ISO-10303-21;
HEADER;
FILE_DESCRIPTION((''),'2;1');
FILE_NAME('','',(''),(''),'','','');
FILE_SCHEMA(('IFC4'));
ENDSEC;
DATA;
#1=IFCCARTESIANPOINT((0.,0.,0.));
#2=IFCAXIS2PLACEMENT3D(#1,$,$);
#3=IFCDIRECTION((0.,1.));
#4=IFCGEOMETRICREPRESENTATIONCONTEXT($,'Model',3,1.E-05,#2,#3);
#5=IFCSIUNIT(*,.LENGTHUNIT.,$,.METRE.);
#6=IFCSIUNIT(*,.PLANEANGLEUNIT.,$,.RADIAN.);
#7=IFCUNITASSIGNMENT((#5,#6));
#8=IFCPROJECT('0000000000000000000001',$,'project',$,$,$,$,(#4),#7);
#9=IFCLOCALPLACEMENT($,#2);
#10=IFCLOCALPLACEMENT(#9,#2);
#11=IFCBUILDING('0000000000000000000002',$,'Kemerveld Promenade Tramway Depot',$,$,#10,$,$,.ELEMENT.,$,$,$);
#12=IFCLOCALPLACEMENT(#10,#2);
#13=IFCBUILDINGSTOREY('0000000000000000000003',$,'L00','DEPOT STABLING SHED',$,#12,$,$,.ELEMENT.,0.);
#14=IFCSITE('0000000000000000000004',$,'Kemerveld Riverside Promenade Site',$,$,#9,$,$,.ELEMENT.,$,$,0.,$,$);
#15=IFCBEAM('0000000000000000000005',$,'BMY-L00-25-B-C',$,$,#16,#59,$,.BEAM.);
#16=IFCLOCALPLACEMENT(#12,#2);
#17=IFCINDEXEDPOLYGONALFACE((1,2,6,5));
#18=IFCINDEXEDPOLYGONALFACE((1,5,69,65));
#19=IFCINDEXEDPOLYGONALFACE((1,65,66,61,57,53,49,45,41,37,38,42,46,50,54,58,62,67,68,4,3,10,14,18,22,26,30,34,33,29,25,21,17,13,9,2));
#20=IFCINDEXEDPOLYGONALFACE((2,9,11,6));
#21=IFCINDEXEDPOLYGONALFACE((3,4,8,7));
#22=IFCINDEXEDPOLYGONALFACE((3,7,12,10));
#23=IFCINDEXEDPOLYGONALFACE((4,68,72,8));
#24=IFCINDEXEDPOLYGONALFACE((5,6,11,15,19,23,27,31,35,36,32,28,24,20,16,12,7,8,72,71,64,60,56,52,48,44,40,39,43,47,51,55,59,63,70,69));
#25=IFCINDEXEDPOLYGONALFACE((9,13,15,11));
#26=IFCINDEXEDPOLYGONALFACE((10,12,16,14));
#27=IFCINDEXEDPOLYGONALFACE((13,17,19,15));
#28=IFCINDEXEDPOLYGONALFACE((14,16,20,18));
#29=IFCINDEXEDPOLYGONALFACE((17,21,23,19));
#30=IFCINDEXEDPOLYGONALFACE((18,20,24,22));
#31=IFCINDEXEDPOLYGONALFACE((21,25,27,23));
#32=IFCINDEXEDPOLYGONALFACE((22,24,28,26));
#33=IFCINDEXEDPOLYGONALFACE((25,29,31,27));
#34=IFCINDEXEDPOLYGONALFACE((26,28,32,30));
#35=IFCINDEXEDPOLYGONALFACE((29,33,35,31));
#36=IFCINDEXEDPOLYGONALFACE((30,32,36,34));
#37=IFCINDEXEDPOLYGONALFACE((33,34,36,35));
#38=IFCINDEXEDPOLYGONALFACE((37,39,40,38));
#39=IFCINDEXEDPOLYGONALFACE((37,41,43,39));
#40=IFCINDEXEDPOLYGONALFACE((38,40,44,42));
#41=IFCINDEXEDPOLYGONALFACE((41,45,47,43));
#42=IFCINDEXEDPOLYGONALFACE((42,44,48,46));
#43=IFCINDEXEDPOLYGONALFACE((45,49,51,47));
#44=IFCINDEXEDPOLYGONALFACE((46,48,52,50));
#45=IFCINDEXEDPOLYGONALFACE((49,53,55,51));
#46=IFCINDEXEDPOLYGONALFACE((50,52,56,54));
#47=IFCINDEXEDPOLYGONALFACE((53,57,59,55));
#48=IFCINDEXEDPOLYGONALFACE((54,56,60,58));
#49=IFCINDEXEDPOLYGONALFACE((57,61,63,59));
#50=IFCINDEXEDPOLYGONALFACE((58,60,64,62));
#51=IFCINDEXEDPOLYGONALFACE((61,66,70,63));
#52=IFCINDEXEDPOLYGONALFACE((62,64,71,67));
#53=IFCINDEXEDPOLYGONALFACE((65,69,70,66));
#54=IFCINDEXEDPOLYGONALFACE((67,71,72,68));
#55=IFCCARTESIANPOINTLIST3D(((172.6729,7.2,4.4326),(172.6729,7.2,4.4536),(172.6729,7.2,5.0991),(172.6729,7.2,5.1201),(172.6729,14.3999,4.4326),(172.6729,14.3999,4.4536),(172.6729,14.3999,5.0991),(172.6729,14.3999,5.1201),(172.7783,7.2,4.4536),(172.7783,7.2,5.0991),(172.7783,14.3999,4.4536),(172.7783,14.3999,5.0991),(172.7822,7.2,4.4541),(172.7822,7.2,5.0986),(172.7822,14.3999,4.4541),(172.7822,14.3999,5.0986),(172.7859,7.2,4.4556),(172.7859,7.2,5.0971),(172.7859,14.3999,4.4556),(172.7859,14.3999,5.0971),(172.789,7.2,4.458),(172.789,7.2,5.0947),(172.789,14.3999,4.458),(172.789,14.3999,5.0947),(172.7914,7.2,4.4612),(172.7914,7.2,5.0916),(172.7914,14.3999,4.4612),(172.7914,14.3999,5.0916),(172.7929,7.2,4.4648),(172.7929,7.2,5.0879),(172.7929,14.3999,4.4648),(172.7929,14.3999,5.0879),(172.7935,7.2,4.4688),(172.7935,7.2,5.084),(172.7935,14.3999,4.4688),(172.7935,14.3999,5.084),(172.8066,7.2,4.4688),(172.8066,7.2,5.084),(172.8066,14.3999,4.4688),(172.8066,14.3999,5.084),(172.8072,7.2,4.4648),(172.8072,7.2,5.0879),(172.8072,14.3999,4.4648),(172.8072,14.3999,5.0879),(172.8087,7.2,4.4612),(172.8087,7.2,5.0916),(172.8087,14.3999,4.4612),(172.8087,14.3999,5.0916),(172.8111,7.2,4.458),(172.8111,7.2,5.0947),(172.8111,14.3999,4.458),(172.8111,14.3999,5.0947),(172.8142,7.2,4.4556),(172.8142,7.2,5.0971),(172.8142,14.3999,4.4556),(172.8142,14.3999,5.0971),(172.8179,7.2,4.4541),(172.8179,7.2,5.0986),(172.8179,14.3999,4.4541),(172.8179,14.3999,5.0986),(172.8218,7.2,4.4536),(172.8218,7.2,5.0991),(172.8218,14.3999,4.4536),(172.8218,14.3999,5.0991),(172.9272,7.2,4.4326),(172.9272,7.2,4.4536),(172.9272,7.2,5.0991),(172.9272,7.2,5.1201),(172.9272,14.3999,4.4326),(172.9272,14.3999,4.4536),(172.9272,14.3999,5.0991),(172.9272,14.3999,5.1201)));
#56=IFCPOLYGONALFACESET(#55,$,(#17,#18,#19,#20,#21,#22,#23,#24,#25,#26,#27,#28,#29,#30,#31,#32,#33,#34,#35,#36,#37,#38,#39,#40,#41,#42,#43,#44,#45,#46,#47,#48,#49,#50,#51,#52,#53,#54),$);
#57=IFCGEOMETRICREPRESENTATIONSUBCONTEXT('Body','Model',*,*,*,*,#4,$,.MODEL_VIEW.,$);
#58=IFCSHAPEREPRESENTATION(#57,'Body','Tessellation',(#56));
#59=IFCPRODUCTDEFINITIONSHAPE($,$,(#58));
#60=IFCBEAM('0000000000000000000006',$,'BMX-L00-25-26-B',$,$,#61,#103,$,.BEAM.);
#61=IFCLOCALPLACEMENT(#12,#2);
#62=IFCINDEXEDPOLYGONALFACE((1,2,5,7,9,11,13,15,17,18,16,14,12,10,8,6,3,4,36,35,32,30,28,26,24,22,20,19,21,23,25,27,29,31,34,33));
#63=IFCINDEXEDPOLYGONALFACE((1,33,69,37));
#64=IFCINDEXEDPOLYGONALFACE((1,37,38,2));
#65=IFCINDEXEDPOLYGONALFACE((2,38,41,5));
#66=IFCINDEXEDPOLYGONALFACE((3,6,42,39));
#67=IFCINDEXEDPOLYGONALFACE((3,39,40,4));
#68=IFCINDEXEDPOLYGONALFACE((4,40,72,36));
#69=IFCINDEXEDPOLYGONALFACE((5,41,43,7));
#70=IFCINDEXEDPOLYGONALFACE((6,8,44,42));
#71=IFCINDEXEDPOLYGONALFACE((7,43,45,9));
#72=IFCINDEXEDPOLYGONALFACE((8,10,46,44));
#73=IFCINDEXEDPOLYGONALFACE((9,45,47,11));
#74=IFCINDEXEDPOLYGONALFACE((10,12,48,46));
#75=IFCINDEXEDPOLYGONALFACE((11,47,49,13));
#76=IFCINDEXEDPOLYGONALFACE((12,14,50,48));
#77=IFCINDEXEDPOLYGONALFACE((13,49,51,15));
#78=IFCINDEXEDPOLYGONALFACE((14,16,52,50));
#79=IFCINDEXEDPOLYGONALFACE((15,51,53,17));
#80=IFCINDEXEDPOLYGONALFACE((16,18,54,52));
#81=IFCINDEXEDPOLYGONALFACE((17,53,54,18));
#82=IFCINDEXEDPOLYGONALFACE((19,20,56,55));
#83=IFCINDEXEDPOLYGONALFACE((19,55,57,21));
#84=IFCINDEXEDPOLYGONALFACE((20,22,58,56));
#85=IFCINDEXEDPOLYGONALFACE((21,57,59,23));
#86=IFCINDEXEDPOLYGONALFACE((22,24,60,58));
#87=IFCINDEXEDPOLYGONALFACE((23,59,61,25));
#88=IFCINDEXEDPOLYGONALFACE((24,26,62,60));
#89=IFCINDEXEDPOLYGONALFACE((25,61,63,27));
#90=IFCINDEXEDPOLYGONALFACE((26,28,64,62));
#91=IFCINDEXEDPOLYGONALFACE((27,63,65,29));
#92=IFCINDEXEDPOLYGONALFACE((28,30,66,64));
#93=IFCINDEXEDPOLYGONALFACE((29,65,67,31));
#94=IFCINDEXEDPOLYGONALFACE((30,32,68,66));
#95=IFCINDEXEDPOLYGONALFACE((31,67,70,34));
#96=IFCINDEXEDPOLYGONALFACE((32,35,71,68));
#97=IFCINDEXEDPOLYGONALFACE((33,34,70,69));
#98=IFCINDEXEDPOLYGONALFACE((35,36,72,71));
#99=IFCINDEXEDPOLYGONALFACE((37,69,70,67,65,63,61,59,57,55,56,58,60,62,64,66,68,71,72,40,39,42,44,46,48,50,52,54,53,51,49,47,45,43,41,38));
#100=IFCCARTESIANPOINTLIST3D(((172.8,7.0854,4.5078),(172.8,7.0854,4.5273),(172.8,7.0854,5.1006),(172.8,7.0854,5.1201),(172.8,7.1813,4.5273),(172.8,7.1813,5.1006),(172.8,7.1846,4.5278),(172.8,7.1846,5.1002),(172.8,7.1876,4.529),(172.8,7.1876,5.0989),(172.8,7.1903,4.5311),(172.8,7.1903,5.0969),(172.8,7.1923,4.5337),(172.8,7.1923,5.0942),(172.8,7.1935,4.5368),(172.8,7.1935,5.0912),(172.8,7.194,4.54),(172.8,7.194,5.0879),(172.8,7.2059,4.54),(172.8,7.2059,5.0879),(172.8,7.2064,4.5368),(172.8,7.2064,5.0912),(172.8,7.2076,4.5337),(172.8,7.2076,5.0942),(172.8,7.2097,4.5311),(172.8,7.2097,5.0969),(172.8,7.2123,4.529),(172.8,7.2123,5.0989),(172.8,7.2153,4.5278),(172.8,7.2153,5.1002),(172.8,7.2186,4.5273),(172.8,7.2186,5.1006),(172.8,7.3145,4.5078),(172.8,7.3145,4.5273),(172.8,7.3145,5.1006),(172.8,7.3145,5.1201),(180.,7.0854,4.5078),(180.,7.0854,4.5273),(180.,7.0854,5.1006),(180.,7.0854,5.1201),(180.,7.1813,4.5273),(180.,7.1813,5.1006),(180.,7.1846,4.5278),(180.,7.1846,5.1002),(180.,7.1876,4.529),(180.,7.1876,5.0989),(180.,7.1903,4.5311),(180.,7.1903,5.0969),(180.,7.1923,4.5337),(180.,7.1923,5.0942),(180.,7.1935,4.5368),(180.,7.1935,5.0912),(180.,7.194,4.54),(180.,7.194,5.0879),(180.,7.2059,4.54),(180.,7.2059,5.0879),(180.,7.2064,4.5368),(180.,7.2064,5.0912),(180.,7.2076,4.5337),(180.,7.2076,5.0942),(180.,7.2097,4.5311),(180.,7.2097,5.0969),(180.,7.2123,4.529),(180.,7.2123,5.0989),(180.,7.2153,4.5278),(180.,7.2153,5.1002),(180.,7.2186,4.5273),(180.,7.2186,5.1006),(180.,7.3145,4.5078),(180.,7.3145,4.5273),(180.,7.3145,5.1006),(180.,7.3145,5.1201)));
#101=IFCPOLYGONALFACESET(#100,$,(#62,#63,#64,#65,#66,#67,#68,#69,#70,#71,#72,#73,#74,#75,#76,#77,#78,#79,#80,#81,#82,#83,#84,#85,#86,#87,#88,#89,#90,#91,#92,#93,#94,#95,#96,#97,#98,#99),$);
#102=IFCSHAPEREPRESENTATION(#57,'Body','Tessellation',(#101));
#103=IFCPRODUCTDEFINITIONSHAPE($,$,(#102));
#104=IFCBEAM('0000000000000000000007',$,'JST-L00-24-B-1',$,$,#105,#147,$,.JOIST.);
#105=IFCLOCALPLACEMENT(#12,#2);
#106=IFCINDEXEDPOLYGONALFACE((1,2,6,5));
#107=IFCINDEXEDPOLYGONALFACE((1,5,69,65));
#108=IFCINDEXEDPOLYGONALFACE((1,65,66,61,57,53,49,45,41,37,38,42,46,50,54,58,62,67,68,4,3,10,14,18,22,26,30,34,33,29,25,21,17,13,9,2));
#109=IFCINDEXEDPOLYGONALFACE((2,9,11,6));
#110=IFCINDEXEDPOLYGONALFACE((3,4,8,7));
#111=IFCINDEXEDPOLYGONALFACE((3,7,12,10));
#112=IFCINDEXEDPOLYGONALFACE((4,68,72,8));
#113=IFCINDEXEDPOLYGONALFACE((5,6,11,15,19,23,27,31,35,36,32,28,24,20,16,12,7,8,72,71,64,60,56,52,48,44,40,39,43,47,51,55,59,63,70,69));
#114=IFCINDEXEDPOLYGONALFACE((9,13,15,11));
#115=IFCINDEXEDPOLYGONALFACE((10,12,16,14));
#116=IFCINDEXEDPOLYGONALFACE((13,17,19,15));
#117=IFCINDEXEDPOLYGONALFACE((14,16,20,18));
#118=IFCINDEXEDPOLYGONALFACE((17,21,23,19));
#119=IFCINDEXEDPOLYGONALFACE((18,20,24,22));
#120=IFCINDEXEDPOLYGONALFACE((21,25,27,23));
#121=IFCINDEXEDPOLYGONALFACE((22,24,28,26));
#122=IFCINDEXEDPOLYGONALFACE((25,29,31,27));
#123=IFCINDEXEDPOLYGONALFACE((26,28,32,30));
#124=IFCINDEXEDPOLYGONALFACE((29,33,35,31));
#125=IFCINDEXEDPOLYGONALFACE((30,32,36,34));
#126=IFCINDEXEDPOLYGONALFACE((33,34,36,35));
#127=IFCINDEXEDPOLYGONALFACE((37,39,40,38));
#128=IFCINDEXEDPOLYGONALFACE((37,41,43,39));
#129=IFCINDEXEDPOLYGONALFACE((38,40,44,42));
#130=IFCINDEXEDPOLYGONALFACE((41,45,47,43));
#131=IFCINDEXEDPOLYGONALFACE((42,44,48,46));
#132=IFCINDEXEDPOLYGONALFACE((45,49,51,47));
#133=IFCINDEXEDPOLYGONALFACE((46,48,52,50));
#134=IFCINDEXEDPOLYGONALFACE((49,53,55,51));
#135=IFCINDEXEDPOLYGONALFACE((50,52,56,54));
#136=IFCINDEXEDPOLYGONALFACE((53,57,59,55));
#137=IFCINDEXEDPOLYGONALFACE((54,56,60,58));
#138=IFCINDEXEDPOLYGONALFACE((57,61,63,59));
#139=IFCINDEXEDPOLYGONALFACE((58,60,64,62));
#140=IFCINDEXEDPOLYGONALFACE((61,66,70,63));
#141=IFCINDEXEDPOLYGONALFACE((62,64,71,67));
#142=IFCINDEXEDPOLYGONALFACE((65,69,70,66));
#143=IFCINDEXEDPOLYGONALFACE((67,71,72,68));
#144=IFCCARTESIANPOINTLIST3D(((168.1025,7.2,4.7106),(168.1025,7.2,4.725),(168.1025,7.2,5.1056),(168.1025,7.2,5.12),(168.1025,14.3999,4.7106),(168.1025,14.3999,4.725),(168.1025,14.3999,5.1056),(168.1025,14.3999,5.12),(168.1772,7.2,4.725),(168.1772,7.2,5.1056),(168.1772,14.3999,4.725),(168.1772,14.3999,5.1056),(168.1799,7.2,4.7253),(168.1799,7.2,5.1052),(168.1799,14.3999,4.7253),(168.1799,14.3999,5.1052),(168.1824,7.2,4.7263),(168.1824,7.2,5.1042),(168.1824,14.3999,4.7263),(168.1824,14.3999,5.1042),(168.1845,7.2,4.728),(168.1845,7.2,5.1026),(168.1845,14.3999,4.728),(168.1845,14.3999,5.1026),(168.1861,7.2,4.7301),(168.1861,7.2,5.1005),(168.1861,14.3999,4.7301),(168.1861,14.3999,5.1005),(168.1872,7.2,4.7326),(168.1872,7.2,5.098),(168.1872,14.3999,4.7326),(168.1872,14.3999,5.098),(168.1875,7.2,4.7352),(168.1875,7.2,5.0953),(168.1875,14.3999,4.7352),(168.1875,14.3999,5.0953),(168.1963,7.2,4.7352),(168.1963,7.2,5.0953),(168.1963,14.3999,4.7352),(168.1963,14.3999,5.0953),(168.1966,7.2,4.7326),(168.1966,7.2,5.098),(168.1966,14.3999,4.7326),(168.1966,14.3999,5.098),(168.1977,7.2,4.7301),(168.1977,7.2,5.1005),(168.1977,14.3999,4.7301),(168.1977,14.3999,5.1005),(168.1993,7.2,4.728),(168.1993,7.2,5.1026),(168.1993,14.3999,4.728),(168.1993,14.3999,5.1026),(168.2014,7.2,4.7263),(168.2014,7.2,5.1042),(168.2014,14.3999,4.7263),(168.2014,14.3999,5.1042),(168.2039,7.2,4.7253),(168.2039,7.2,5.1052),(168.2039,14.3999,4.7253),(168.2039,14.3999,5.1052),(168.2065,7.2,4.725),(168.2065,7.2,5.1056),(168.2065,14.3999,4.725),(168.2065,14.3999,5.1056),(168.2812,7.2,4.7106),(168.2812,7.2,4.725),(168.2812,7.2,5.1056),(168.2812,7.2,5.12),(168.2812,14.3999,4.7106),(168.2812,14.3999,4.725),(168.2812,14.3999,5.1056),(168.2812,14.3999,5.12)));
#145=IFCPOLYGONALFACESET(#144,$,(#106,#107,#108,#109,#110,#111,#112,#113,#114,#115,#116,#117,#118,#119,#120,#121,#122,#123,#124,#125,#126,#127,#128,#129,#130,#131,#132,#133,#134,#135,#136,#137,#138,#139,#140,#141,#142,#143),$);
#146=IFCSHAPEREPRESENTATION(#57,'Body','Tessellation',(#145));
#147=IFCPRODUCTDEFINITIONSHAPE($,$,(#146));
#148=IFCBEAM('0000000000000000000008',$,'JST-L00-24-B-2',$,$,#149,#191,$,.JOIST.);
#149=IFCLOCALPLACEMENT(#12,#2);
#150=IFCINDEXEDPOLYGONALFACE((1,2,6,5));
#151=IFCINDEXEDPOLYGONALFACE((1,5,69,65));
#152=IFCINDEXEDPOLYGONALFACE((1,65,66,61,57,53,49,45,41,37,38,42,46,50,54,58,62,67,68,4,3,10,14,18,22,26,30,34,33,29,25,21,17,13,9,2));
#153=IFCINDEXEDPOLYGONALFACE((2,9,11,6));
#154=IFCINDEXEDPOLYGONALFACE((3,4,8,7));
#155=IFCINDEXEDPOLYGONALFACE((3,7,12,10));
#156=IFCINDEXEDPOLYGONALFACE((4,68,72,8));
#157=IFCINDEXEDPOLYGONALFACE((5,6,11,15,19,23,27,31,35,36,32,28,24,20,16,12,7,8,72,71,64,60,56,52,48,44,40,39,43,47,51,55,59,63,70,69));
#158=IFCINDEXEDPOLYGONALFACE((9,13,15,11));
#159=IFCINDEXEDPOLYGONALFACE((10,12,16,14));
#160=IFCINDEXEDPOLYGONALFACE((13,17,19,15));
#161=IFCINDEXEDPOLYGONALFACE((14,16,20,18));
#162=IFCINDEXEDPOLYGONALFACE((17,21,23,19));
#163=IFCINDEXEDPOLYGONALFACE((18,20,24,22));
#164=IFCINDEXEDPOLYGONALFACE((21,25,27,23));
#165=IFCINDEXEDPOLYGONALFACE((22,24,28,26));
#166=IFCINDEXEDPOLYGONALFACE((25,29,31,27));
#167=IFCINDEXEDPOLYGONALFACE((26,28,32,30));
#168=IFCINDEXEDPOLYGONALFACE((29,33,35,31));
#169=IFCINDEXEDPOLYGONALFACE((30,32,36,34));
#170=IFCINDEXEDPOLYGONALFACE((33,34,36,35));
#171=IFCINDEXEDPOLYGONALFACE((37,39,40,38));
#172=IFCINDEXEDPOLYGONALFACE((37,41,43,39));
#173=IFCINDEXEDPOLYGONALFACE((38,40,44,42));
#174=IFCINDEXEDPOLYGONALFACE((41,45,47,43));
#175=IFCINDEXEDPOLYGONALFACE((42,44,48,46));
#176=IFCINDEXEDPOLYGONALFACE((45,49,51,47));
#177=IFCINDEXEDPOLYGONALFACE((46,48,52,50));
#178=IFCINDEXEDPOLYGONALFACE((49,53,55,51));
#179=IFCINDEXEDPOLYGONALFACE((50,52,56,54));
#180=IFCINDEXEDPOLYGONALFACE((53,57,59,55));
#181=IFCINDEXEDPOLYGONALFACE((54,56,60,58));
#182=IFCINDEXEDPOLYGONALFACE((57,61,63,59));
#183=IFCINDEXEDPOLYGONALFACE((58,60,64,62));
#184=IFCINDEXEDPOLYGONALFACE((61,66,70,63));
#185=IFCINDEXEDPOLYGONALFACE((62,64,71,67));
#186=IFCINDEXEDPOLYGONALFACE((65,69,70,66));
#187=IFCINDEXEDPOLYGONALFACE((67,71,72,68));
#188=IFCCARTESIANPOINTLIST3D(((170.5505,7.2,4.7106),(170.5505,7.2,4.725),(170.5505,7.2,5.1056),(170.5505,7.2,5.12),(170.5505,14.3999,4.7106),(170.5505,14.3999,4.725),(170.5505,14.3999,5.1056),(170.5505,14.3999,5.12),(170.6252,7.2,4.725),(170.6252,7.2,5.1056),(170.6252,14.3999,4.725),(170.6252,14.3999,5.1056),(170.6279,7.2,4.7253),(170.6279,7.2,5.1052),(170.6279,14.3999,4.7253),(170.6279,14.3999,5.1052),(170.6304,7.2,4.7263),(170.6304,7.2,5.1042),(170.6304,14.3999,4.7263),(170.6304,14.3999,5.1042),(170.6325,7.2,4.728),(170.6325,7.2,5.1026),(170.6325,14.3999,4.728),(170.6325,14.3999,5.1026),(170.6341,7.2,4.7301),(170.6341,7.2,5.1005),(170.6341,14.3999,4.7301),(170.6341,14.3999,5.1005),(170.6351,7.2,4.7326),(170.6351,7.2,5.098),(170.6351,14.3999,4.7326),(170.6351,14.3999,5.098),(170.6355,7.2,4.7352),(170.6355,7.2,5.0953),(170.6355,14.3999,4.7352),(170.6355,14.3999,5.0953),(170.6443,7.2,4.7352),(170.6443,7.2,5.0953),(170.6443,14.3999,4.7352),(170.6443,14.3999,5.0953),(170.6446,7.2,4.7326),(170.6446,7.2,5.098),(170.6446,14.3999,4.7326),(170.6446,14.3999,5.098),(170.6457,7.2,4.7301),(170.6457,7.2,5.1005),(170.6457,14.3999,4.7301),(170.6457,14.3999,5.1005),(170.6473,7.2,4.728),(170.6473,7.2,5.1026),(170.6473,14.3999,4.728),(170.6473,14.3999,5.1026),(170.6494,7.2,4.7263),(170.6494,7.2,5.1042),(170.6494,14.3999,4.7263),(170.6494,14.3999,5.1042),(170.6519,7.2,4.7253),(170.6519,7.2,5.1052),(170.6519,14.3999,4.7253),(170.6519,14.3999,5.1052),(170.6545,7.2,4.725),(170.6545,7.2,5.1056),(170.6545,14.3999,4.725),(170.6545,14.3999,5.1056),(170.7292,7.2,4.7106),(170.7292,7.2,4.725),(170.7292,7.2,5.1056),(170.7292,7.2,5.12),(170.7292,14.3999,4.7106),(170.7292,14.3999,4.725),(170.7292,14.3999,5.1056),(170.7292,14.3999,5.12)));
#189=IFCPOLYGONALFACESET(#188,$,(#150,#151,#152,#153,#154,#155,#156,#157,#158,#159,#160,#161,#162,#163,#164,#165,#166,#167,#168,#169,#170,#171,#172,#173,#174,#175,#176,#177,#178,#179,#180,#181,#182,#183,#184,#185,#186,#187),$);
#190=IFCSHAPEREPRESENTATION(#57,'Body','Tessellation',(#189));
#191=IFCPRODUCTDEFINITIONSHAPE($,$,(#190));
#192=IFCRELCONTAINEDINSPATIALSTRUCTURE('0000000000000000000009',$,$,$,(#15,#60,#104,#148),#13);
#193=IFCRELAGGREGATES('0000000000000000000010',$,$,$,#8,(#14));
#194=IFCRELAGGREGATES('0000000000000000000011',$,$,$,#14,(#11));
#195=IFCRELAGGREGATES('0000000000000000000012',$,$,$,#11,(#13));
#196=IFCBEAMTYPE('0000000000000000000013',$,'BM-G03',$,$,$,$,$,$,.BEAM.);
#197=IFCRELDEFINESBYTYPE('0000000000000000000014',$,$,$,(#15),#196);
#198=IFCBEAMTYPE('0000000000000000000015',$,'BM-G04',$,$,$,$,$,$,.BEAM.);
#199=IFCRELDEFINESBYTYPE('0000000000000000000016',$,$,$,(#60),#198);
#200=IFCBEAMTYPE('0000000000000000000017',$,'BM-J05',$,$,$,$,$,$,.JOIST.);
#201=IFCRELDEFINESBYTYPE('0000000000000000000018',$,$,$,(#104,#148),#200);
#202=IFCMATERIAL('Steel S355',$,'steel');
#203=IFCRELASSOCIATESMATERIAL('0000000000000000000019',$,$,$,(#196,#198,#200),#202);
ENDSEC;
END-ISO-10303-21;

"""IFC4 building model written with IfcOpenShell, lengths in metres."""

from ifc_helpers import new_model, si_unit, direction, frame, origin, origin_2d, place, context, subcontext, project, spatial, i_section, extrude, material, material_profile, profile_set, type_object, element, save


model = new_model("IFC4")

# Units and contexts
model_context = context("Model", 3, precision=1e-05, world=origin(), true_north=direction((0.0, 1.0)))
body_context = subcontext(model_context, "Body", "Model", "MODEL_VIEW")
ifc_project = project(units=[si_unit("LENGTHUNIT", "METRE"), si_unit("PLANEANGLEUNIT", "RADIAN")], contexts=[model_context])

# Site, building, storey
site_placement = place(None, origin())
site = spatial("IfcSite", under=ifc_project, at=site_placement, Name="Kemerveld Riverside Promenade Site", CompositionType="ELEMENT", RefElevation=0.0)
building_placement = place(site_placement, origin())
building = spatial("IfcBuilding", under=site, at=building_placement, Name="Kemerveld Promenade Tramway Depot", CompositionType="ELEMENT")
storey_placement = place(building_placement, origin())
storey = spatial("IfcBuildingStorey", under=building, at=storey_placement, Name="L00", Description="DEPOT STABLING SHED", CompositionType="ELEMENT", Elevation=0.0)

# Shared definitions
ifc_material_1 = material(Name="Steel S355", Category="steel")

# Beams
ifc_material_profile_1 = material_profile(ifc_material_1, i_section(OverallWidth=0.2544, OverallDepth=0.6875, WebThickness=0.0132, FlangeThickness=0.021, FilletRadius=0.0151, at=origin_2d()), Name="686x254x152 UB")
ifc_profile_set_1 = profile_set([ifc_material_profile_1], Name="Steel S355")
beam_type_1 = type_object("IfcBeamType", Name="BM-G03", PredefinedType="BEAM", material=ifc_profile_set_1)
for number, where, z_axis, x_axis, name in (
    (1, (172.8, 7.2, 4.7764), (0.0, 1.0, 0.0), (-1.0, 0.0, 0.0), "BMY-L00-25-B-C"),
):
    element("IfcBeam", number, at=place(storey_placement, frame(where, z_axis=z_axis, x_axis=x_axis)), inside=storey, type_object=beam_type_1, Name=name, PredefinedType="BEAM", context=body_context, shape_type="SweptSolid", body=[
        extrude(i_section(OverallWidth=0.2544, OverallDepth=0.6875, WebThickness=0.0132, FlangeThickness=0.021, FilletRadius=0.0151, at=origin_2d()), origin(), (0.0, 0.0, 1.0), 7.2),
    ])
ifc_material_profile_2 = material_profile(ifc_material_1, i_section(OverallWidth=0.229, OverallDepth=0.6123, WebThickness=0.012, FlangeThickness=0.0195, FilletRadius=0.0127, at=origin_2d()), Name="610x229x125 UB")
ifc_profile_set_2 = profile_set([ifc_material_profile_2], Name="Steel S355")
beam_type_2 = type_object("IfcBeamType", Name="BM-G04", PredefinedType="BEAM", material=ifc_profile_set_2)
beam_1_placement = place(storey_placement, frame((172.8, 7.2, 4.814), z_axis=(1.0, 0.0, 0.0), x_axis=(0.0, 1.0, 0.0)))
element("IfcBeam", 2, at=beam_1_placement, inside=storey, type_object=beam_type_2, Name="BMX-L00-25-26-B", PredefinedType="BEAM", context=body_context, shape_type="SweptSolid", body=[
    extrude(i_section(OverallWidth=0.229, OverallDepth=0.6123, WebThickness=0.012, FlangeThickness=0.0195, FilletRadius=0.0127, at=origin_2d()), origin(), (0.0, 0.0, 1.0), 7.2),
])
ifc_material_profile_3 = material_profile(ifc_material_1, i_section(OverallWidth=0.1787, OverallDepth=0.4094, WebThickness=0.0088, FlangeThickness=0.0144, FilletRadius=0.0103, at=origin_2d()), Name="406x178x67 UB")
ifc_profile_set_3 = profile_set([ifc_material_profile_3], Name="Steel S355")
beam_type_3 = type_object("IfcBeamType", Name="BM-J05", PredefinedType="JOIST", material=ifc_profile_set_3)
for number, where, z_axis, x_axis, name in (
    (3, (168.1919, 7.2, 4.9153), (0.0, 1.0, 0.0), (-1.0, 0.0, 0.0), "JST-L00-24-B-1"),
    (4, (170.6399, 7.2, 4.9153), (0.0, 1.0, 0.0), (-1.0, 0.0, 0.0), "JST-L00-24-B-2"),
):
    element("IfcBeam", number, at=place(storey_placement, frame(where, z_axis=z_axis, x_axis=x_axis)), inside=storey, type_object=beam_type_3, Name=name, PredefinedType="JOIST", context=body_context, shape_type="SweptSolid", body=[
        extrude(i_section(OverallWidth=0.1787, OverallDepth=0.4094, WebThickness=0.0088, FlangeThickness=0.0144, FilletRadius=0.0103, at=origin_2d()), origin(), (0.0, 0.0, 1.0), 7.2),
    ])

save(model, "model.ifc")
